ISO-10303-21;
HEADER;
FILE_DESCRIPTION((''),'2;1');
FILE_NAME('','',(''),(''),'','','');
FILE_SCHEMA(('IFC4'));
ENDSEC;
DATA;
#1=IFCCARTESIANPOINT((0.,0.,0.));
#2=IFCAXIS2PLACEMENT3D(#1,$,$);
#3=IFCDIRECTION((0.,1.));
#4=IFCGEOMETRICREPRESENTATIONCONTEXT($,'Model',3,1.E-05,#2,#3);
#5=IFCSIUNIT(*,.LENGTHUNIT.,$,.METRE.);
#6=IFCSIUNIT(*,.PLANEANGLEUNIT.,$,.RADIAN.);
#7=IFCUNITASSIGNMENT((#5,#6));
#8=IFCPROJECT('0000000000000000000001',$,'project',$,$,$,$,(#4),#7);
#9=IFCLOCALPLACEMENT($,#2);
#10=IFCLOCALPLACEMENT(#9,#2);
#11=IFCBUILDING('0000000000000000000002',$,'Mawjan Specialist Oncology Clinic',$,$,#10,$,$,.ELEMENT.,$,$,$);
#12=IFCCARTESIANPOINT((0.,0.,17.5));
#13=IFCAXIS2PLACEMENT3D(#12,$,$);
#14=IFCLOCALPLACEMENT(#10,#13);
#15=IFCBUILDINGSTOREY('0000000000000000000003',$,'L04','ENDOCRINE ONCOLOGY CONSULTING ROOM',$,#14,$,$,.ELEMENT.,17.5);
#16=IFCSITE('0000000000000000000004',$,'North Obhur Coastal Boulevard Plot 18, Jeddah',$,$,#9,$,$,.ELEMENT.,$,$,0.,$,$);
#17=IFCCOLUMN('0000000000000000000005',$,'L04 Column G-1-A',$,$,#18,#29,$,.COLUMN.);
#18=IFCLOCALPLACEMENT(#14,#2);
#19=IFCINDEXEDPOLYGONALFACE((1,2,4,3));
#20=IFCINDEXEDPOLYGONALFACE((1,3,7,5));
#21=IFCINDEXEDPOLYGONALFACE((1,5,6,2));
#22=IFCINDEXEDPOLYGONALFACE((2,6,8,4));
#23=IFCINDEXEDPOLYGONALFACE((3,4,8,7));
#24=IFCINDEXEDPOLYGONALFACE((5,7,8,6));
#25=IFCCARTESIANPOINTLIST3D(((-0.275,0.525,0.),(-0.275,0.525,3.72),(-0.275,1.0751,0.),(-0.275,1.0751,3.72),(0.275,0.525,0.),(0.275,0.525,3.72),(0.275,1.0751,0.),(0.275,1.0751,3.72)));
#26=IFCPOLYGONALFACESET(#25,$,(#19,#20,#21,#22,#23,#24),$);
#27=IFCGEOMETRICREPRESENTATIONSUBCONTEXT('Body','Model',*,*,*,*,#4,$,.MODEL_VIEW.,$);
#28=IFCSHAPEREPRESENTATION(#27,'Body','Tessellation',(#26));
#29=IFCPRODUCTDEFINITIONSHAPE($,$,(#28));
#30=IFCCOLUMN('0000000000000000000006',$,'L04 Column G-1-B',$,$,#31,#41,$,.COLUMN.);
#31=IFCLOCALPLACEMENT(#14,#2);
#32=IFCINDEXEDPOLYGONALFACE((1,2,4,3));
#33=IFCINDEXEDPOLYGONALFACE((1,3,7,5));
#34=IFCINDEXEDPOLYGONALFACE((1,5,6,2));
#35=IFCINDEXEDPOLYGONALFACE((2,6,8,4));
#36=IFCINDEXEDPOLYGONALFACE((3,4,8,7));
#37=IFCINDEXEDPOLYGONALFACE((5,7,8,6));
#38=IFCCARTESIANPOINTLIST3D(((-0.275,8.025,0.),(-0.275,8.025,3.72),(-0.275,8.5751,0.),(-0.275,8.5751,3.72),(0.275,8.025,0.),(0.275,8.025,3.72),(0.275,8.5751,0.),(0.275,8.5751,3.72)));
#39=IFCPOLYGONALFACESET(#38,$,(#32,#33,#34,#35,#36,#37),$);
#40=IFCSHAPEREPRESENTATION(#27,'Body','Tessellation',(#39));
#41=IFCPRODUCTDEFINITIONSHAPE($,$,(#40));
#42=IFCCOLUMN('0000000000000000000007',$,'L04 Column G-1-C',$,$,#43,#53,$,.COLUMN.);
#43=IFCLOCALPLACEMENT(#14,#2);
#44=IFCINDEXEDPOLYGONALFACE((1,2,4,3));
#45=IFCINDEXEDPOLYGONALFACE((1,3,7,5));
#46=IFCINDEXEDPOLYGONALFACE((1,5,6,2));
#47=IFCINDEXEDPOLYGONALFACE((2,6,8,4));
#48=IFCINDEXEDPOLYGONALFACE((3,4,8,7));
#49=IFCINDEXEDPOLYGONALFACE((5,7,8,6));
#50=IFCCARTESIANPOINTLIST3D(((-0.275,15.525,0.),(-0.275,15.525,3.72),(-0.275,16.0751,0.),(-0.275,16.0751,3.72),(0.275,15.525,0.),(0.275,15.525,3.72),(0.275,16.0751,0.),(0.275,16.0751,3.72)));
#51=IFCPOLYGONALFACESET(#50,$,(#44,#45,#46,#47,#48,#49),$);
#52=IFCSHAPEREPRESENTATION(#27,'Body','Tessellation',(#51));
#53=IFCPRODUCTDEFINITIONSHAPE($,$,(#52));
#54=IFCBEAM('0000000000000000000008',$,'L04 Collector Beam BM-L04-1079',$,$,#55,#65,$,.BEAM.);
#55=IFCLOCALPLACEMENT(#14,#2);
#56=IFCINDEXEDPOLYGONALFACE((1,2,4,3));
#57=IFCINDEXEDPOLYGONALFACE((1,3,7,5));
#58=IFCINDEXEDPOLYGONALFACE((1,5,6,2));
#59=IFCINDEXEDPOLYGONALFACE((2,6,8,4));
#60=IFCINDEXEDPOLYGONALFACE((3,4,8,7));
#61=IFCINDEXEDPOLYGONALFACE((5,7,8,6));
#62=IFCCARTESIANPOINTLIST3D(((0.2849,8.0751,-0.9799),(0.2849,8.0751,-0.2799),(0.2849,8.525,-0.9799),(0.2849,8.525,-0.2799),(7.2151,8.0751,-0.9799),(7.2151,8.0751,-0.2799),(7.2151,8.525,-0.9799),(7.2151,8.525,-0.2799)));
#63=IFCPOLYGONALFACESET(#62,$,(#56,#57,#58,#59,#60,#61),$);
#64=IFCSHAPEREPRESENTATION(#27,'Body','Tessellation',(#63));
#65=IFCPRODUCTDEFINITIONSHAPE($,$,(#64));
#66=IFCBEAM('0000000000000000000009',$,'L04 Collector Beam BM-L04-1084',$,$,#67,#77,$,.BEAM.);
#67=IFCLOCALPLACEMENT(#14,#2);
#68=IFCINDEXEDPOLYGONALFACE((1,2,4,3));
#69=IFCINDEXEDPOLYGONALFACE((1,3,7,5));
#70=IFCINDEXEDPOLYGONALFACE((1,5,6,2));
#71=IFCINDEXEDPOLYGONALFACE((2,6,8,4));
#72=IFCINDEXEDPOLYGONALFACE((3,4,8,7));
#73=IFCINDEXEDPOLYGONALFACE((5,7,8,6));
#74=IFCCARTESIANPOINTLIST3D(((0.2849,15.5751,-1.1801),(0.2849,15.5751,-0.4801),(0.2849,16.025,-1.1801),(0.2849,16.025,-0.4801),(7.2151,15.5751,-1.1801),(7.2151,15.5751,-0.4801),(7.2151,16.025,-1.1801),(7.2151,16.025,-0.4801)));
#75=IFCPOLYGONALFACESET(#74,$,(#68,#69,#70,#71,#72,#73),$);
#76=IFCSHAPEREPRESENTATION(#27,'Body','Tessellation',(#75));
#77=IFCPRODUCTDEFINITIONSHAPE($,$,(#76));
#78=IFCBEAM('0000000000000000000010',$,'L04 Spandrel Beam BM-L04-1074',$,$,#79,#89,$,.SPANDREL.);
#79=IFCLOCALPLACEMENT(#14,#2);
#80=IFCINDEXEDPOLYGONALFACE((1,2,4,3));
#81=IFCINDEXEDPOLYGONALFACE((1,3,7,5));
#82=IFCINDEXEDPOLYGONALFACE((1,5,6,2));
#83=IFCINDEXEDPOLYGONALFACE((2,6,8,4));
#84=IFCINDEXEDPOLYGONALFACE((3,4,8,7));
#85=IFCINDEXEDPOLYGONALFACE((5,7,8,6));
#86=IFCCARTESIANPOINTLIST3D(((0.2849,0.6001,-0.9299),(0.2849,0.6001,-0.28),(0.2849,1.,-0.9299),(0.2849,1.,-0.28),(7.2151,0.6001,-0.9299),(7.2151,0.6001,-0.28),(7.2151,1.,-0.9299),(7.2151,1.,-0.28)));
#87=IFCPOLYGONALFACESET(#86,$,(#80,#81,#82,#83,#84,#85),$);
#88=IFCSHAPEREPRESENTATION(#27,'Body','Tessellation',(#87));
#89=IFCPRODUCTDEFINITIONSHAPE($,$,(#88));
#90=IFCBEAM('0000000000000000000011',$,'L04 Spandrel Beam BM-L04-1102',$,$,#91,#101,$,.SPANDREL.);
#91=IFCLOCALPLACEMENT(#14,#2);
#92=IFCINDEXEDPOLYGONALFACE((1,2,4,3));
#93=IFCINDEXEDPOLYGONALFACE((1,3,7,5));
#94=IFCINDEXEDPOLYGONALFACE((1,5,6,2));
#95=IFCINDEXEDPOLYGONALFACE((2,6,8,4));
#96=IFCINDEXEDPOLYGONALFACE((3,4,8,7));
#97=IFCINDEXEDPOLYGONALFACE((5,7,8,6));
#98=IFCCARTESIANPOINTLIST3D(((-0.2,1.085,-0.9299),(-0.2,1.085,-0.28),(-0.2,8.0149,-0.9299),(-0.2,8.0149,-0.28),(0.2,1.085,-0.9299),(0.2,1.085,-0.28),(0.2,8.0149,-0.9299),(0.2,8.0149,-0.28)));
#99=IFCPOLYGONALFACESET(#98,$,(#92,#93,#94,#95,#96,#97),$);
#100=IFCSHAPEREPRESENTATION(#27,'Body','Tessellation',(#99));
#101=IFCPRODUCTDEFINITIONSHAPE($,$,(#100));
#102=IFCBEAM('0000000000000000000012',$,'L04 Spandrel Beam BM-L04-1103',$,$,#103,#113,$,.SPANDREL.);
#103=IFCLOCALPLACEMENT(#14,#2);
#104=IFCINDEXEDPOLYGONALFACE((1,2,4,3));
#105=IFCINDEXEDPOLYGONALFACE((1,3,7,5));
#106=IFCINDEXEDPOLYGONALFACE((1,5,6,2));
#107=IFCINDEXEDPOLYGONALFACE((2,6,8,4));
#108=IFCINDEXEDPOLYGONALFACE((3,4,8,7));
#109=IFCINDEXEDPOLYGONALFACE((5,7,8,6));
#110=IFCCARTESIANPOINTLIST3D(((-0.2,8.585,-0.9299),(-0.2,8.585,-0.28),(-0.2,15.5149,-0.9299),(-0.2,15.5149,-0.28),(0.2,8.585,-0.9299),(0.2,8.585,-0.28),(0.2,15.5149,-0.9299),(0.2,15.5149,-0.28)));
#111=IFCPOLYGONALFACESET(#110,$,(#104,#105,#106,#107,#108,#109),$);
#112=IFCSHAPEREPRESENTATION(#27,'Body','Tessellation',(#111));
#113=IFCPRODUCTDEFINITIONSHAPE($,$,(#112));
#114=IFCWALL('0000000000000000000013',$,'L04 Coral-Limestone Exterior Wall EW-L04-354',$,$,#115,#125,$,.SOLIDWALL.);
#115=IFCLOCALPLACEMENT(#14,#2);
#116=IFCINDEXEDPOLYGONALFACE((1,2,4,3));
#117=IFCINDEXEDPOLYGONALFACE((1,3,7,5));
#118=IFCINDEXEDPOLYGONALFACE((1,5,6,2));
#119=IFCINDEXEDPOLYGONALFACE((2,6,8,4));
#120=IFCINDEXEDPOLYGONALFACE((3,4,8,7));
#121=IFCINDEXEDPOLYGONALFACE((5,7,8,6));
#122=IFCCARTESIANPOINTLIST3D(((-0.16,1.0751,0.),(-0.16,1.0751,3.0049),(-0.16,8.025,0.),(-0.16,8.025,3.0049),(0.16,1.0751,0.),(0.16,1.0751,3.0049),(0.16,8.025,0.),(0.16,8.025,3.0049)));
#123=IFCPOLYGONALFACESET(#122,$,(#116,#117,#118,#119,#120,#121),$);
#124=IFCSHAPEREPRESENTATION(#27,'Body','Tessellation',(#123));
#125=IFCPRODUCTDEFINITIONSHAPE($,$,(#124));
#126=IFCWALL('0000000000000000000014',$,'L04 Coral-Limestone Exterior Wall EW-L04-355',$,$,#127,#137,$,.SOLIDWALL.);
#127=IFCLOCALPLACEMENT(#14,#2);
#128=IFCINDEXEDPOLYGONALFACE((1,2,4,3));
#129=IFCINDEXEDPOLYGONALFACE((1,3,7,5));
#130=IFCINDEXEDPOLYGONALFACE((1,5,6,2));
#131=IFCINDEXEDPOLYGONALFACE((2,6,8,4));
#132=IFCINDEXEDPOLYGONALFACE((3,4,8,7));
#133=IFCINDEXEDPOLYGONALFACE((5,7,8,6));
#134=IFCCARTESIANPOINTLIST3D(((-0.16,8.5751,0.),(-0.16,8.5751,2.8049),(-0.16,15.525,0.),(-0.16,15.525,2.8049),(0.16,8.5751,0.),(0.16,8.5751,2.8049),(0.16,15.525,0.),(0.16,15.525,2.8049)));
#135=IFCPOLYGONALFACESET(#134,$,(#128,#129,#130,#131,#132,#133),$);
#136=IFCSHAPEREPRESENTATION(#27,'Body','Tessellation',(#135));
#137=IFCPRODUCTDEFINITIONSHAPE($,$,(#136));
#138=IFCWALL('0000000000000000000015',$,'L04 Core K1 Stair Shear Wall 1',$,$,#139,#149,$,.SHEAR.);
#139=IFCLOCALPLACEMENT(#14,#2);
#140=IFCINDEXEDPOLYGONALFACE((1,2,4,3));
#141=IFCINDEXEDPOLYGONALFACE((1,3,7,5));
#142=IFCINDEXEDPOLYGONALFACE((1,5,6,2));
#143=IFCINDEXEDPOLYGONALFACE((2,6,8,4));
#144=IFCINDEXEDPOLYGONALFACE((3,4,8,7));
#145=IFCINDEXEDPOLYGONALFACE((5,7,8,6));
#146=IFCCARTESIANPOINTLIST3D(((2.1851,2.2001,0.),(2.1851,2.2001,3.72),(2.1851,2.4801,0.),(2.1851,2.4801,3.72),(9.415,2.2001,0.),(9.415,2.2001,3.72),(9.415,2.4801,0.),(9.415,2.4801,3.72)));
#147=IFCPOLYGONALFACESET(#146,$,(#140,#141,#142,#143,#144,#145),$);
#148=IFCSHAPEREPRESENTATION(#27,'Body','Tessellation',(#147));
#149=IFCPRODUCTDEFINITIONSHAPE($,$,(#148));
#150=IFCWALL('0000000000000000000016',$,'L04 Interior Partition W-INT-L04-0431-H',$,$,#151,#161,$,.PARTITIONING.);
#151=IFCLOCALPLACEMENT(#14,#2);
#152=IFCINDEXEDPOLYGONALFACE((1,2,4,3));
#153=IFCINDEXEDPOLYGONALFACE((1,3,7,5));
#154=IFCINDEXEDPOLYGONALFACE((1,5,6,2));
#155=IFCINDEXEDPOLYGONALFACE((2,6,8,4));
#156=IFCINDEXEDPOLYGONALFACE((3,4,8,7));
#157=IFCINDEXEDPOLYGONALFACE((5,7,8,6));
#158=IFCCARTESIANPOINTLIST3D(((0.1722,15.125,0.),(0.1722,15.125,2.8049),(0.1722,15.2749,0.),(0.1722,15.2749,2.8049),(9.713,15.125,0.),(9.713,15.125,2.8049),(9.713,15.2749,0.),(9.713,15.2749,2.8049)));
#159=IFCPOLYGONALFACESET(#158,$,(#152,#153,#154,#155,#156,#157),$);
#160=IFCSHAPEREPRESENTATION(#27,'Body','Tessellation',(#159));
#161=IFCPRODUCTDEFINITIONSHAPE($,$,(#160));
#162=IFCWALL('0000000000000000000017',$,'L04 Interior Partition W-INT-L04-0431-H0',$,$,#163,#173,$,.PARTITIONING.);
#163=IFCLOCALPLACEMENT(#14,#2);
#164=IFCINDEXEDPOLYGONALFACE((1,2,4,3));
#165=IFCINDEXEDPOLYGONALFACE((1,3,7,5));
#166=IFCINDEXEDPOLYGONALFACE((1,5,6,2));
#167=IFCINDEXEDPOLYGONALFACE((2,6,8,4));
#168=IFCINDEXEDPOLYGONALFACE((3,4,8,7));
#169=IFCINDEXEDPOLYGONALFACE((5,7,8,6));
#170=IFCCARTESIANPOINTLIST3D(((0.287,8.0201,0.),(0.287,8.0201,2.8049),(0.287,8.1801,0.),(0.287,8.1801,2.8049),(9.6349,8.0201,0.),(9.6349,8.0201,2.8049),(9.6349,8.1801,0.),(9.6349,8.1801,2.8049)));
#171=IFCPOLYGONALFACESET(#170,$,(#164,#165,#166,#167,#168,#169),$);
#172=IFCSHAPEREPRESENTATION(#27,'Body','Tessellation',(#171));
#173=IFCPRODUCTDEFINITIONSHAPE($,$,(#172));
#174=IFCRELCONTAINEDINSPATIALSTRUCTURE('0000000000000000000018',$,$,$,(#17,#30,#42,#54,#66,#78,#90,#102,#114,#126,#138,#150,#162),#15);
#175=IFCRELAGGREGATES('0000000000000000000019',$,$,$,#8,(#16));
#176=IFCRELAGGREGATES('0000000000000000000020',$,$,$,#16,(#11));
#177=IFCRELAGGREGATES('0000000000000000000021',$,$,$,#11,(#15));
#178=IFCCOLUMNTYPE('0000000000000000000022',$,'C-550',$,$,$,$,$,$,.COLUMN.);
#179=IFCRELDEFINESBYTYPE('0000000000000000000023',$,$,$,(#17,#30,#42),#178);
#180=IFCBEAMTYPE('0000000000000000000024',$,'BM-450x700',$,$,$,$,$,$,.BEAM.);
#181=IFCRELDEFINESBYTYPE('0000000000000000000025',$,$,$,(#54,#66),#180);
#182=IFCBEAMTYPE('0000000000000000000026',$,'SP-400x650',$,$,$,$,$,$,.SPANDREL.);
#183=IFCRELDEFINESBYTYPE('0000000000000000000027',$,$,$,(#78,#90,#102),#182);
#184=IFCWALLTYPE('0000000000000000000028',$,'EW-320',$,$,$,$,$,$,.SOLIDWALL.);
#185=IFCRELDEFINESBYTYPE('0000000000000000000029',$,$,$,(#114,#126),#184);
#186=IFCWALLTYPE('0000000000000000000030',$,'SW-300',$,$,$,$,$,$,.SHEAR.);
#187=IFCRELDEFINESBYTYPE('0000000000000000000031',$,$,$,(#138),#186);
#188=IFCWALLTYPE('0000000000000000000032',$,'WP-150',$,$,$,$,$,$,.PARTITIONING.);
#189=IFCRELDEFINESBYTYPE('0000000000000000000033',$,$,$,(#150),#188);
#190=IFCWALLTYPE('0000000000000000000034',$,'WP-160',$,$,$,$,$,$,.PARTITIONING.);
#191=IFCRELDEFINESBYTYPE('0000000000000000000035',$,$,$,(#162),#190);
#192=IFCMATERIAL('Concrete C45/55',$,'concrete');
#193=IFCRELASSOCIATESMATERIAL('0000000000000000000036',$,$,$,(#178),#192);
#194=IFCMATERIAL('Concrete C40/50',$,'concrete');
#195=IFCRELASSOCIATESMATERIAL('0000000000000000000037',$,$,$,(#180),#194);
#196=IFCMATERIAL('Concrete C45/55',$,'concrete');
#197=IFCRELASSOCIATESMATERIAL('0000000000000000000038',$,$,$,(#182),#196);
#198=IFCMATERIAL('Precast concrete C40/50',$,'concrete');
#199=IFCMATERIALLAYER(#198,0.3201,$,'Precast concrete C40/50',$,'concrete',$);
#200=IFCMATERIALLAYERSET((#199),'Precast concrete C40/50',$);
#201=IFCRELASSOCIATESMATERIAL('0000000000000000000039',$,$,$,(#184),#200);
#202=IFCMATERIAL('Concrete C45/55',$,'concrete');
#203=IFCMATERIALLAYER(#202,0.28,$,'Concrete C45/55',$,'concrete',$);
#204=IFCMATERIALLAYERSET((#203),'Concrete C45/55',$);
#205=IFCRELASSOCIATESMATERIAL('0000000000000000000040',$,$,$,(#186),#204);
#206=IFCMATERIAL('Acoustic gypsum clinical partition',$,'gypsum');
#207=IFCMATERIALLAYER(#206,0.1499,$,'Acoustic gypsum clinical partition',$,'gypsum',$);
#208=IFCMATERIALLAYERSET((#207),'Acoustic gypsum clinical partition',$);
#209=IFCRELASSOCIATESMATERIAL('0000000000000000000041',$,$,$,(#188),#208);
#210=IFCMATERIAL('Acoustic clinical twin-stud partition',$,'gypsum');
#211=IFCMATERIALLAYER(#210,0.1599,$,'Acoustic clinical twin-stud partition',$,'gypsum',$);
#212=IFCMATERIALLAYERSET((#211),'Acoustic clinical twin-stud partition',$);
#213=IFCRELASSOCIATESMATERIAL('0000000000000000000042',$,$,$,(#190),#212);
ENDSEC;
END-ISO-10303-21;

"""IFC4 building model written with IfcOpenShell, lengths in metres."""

from ifc_helpers import new_model, si_unit, direction, frame, frame_2d, origin, origin_2d, place, context, subcontext, project, spatial, rectangle, extrude, material, layer, layer_set, material_profile, profile_set, type_object, element, save


model = new_model("IFC4")

# Units and contexts
model_context = context("Model", 3, precision=1e-05, world=origin(), true_north=direction((0.0, 1.0)))
body_context = subcontext(model_context, "Body", "Model", "MODEL_VIEW")
ifc_project = project(units=[si_unit("LENGTHUNIT", "METRE"), si_unit("PLANEANGLEUNIT", "RADIAN")], contexts=[model_context])

# Site, building, storey
site_placement = place(None, origin())
site = spatial("IfcSite", under=ifc_project, at=site_placement, Name="North Obhur Coastal Boulevard Plot 18, Jeddah", CompositionType="ELEMENT", RefElevation=0.0)
building_placement = place(site_placement, origin())
building = spatial("IfcBuilding", under=site, at=building_placement, Name="Mawjan Specialist Oncology Clinic", CompositionType="ELEMENT")
storey_placement = place(building_placement, frame((0.0, 0.0, 17.5)))
storey = spatial("IfcBuildingStorey", under=building, at=storey_placement, Name="L04", Description="ENDOCRINE ONCOLOGY CONSULTING ROOM", CompositionType="ELEMENT", Elevation=17.5)

# Columns
ifc_material_1 = material(Name="Concrete C45/55", Category="concrete")
ifc_material_profile_1 = material_profile(ifc_material_1, rectangle(XDim=0.55, YDim=0.55, at=origin_2d()), Name="RC COL 550x550", Category="concrete")
ifc_profile_set_1 = profile_set([ifc_material_profile_1], Name="Concrete C45/55")
column_type = type_object("IfcColumnType", Name="C-550", PredefinedType="COLUMN", material=ifc_profile_set_1)
for number, where, z_axis, x_axis, name in (
    (1, (0.0, 0.8, 0.0), (0.0, 0.0, 1.0), (1.0, 0.0, 0.0), "L04 Column G-1-A"),
    (2, (0.0, 8.3, 0.0), (0.0, 0.0, 1.0), (1.0, 0.0, 0.0), "L04 Column G-1-B"),
    (3, (0.0, 15.8, 0.0), (0.0, 0.0, 1.0), (1.0, 0.0, 0.0), "L04 Column G-1-C"),
):
    element("IfcColumn", number, at=place(storey_placement, frame(where, z_axis=z_axis, x_axis=x_axis)), inside=storey, type_object=column_type, Name=name, PredefinedType="COLUMN", context=body_context, shape_type="SweptSolid", body=[
        extrude(rectangle(XDim=0.55, YDim=0.55, at=origin_2d()), origin(), (0.0, 0.0, 1.0), 3.72),
    ])

# Beams
ifc_material_2 = material(Name="Concrete C40/50", Category="concrete")
ifc_material_profile_2 = material_profile(ifc_material_2, rectangle(XDim=0.45, YDim=0.7, at=origin_2d()), Name="RC BM 450x700", Category="concrete")
ifc_profile_set_2 = profile_set([ifc_material_profile_2], Name="Concrete C40/50")
beam_type_1 = type_object("IfcBeamType", Name="BM-450x700", PredefinedType="BEAM", material=ifc_profile_set_2)
for number, where, z_axis, x_axis, name in (
    (4, (0.2849, 8.3, -0.6299), (1.0, 0.0, 0.0), (0.0, 1.0, 0.0), "L04 Collector Beam BM-L04-1079"),
    (5, (0.2849, 15.8, -0.8301), (1.0, 0.0, 0.0), (0.0, 1.0, 0.0), "L04 Collector Beam BM-L04-1084"),
):
    element("IfcBeam", number, at=place(storey_placement, frame(where, z_axis=z_axis, x_axis=x_axis)), inside=storey, type_object=beam_type_1, Name=name, PredefinedType="BEAM", context=body_context, shape_type="SweptSolid", body=[
        extrude(rectangle(XDim=0.45, YDim=0.7, at=origin_2d()), origin(), (0.0, 0.0, 1.0), 6.9302),
    ])
ifc_material_3 = material(Name="Concrete C45/55", Category="concrete")
ifc_material_profile_3 = material_profile(ifc_material_3, rectangle(XDim=0.3999, YDim=0.6499, at=origin_2d()), Name="RC BM 400x650", Category="concrete")
ifc_profile_set_3 = profile_set([ifc_material_profile_3], Name="Concrete C45/55")
beam_type_2 = type_object("IfcBeamType", Name="SP-400x650", PredefinedType="SPANDREL", material=ifc_profile_set_3)
beam_placement = place(storey_placement, frame((0.2849, 0.8, -0.605), z_axis=(1.0, 0.0, 0.0), x_axis=(0.0, 1.0, 0.0)))
element("IfcBeam", 6, at=beam_placement, inside=storey, type_object=beam_type_2, Name="L04 Spandrel Beam BM-L04-1074", PredefinedType="SPANDREL", context=body_context, shape_type="SweptSolid", body=[
    extrude(rectangle(XDim=0.3999, YDim=0.6499, at=origin_2d()), origin(), (0.0, 0.0, 1.0), 6.9302),
])
for number, where, z_axis, x_axis, name in (
    (7, (0.0, 1.085, -0.605), (0.0, 1.0, 0.0), (-1.0, 0.0, 0.0), "L04 Spandrel Beam BM-L04-1102"),
    (8, (0.0, 8.585, -0.605), (0.0, 1.0, 0.0), (-1.0, 0.0, 0.0), "L04 Spandrel Beam BM-L04-1103"),
):
    element("IfcBeam", number, at=place(storey_placement, frame(where, z_axis=z_axis, x_axis=x_axis)), inside=storey, type_object=beam_type_2, Name=name, PredefinedType="SPANDREL", context=body_context, shape_type="SweptSolid", body=[
        extrude(rectangle(XDim=0.3999, YDim=0.6499, at=origin_2d()), origin(), (0.0, 0.0, 1.0), 6.9299),
    ])

# Walls
ifc_material_4 = material(Name="Precast concrete C40/50", Category="concrete")
ifc_layer_1 = layer(ifc_material_4, 0.3201, Name="Precast concrete C40/50", Category="concrete")
ifc_layer_set_1 = layer_set([ifc_layer_1], Name="Precast concrete C40/50")
wall_type_1 = type_object("IfcWallType", Name="EW-320", PredefinedType="SOLIDWALL", material=ifc_layer_set_1)
wall_1_placement = place(storey_placement, frame((0.0, 1.075, 0.0), z_axis=(0.0, 0.0, 1.0), x_axis=(0.0, 1.0, 0.0)))
element("IfcWall", 9, at=wall_1_placement, inside=storey, type_object=wall_type_1, Name="L04 Coral-Limestone Exterior Wall EW-L04-354", PredefinedType="SOLIDWALL", context=body_context, shape_type="SweptSolid", body=[
    extrude(rectangle(XDim=6.95, YDim=0.3201, at=frame_2d((3.4751, 0.0))), origin(), (0.0, 0.0, 1.0), 3.0049),
])
wall_2_placement = place(storey_placement, frame((0.0, 8.575, 0.0), z_axis=(0.0, 0.0, 1.0), x_axis=(0.0, 1.0, 0.0)))
element("IfcWall", 10, at=wall_2_placement, inside=storey, type_object=wall_type_1, Name="L04 Coral-Limestone Exterior Wall EW-L04-355", PredefinedType="SOLIDWALL", context=body_context, shape_type="SweptSolid", body=[
    extrude(rectangle(XDim=6.95, YDim=0.3201, at=frame_2d((3.4751, 0.0))), origin(), (0.0, 0.0, 1.0), 2.8049),
])
ifc_material_5 = material(Name="Concrete C45/55", Category="concrete")
ifc_layer_2 = layer(ifc_material_5, 0.28, Name="Concrete C45/55", Category="concrete")
ifc_layer_set_2 = layer_set([ifc_layer_2], Name="Concrete C45/55")
wall_type_2 = type_object("IfcWallType", Name="SW-300", PredefinedType="SHEAR", material=ifc_layer_set_2)
wall_3_placement = place(storey_placement, frame((2.1851, 2.3401, 0.0), z_axis=(0.0, 0.0, 1.0), x_axis=(1.0, 0.0, 0.0)))
element("IfcWall", 11, at=wall_3_placement, inside=storey, type_object=wall_type_2, Name="L04 Core K1 Stair Shear Wall 1", PredefinedType="SHEAR", context=body_context, shape_type="SweptSolid", body=[
    extrude(rectangle(XDim=7.23, YDim=0.28, at=frame_2d((3.615, 0.0))), origin(), (0.0, 0.0, 1.0), 3.72),
])

# Walls
ifc_material_6 = material(Name="Acoustic gypsum clinical partition", Category="gypsum")
ifc_layer_3 = layer(ifc_material_6, 0.1499, Name="Acoustic gypsum clinical partition", Category="gypsum")
ifc_layer_set_3 = layer_set([ifc_layer_3], Name="Acoustic gypsum clinical partition")
wall_type_3 = type_object("IfcWallType", Name="WP-150", PredefinedType="PARTITIONING", material=ifc_layer_set_3)
wall_4_placement = place(storey_placement, frame((0.1721, 15.2, 0.0), z_axis=(0.0, 0.0, 1.0), x_axis=(1.0, 0.0, 0.0)))
element("IfcWall", 12, at=wall_4_placement, inside=storey, type_object=wall_type_3, Name="L04 Interior Partition W-INT-L04-0431-H", PredefinedType="PARTITIONING", context=body_context, shape_type="SweptSolid", body=[
    extrude(rectangle(XDim=9.5408, YDim=0.1499, at=frame_2d((4.7705, 0.0))), origin(), (0.0, 0.0, 1.0), 2.8049),
])
ifc_material_7 = material(Name="Acoustic clinical twin-stud partition", Category="gypsum")
ifc_layer_4 = layer(ifc_material_7, 0.1599, Name="Acoustic clinical twin-stud partition", Category="gypsum")
ifc_layer_set_4 = layer_set([ifc_layer_4], Name="Acoustic clinical twin-stud partition")
wall_type_4 = type_object("IfcWallType", Name="WP-160", PredefinedType="PARTITIONING", material=ifc_layer_set_4)
wall_5_placement = place(storey_placement, frame((0.2871, 8.1001, 0.0), z_axis=(0.0, 0.0, 1.0), x_axis=(1.0, 0.0, 0.0)))
element("IfcWall", 13, at=wall_5_placement, inside=storey, type_object=wall_type_4, Name="L04 Interior Partition W-INT-L04-0431-H0", PredefinedType="PARTITIONING", context=body_context, shape_type="SweptSolid", body=[
    extrude(rectangle(XDim=9.3479, YDim=0.1599, at=frame_2d((4.6738, 0.0))), origin(), (0.0, 0.0, 1.0), 2.8049),
])

save(model, "model.ifc")
